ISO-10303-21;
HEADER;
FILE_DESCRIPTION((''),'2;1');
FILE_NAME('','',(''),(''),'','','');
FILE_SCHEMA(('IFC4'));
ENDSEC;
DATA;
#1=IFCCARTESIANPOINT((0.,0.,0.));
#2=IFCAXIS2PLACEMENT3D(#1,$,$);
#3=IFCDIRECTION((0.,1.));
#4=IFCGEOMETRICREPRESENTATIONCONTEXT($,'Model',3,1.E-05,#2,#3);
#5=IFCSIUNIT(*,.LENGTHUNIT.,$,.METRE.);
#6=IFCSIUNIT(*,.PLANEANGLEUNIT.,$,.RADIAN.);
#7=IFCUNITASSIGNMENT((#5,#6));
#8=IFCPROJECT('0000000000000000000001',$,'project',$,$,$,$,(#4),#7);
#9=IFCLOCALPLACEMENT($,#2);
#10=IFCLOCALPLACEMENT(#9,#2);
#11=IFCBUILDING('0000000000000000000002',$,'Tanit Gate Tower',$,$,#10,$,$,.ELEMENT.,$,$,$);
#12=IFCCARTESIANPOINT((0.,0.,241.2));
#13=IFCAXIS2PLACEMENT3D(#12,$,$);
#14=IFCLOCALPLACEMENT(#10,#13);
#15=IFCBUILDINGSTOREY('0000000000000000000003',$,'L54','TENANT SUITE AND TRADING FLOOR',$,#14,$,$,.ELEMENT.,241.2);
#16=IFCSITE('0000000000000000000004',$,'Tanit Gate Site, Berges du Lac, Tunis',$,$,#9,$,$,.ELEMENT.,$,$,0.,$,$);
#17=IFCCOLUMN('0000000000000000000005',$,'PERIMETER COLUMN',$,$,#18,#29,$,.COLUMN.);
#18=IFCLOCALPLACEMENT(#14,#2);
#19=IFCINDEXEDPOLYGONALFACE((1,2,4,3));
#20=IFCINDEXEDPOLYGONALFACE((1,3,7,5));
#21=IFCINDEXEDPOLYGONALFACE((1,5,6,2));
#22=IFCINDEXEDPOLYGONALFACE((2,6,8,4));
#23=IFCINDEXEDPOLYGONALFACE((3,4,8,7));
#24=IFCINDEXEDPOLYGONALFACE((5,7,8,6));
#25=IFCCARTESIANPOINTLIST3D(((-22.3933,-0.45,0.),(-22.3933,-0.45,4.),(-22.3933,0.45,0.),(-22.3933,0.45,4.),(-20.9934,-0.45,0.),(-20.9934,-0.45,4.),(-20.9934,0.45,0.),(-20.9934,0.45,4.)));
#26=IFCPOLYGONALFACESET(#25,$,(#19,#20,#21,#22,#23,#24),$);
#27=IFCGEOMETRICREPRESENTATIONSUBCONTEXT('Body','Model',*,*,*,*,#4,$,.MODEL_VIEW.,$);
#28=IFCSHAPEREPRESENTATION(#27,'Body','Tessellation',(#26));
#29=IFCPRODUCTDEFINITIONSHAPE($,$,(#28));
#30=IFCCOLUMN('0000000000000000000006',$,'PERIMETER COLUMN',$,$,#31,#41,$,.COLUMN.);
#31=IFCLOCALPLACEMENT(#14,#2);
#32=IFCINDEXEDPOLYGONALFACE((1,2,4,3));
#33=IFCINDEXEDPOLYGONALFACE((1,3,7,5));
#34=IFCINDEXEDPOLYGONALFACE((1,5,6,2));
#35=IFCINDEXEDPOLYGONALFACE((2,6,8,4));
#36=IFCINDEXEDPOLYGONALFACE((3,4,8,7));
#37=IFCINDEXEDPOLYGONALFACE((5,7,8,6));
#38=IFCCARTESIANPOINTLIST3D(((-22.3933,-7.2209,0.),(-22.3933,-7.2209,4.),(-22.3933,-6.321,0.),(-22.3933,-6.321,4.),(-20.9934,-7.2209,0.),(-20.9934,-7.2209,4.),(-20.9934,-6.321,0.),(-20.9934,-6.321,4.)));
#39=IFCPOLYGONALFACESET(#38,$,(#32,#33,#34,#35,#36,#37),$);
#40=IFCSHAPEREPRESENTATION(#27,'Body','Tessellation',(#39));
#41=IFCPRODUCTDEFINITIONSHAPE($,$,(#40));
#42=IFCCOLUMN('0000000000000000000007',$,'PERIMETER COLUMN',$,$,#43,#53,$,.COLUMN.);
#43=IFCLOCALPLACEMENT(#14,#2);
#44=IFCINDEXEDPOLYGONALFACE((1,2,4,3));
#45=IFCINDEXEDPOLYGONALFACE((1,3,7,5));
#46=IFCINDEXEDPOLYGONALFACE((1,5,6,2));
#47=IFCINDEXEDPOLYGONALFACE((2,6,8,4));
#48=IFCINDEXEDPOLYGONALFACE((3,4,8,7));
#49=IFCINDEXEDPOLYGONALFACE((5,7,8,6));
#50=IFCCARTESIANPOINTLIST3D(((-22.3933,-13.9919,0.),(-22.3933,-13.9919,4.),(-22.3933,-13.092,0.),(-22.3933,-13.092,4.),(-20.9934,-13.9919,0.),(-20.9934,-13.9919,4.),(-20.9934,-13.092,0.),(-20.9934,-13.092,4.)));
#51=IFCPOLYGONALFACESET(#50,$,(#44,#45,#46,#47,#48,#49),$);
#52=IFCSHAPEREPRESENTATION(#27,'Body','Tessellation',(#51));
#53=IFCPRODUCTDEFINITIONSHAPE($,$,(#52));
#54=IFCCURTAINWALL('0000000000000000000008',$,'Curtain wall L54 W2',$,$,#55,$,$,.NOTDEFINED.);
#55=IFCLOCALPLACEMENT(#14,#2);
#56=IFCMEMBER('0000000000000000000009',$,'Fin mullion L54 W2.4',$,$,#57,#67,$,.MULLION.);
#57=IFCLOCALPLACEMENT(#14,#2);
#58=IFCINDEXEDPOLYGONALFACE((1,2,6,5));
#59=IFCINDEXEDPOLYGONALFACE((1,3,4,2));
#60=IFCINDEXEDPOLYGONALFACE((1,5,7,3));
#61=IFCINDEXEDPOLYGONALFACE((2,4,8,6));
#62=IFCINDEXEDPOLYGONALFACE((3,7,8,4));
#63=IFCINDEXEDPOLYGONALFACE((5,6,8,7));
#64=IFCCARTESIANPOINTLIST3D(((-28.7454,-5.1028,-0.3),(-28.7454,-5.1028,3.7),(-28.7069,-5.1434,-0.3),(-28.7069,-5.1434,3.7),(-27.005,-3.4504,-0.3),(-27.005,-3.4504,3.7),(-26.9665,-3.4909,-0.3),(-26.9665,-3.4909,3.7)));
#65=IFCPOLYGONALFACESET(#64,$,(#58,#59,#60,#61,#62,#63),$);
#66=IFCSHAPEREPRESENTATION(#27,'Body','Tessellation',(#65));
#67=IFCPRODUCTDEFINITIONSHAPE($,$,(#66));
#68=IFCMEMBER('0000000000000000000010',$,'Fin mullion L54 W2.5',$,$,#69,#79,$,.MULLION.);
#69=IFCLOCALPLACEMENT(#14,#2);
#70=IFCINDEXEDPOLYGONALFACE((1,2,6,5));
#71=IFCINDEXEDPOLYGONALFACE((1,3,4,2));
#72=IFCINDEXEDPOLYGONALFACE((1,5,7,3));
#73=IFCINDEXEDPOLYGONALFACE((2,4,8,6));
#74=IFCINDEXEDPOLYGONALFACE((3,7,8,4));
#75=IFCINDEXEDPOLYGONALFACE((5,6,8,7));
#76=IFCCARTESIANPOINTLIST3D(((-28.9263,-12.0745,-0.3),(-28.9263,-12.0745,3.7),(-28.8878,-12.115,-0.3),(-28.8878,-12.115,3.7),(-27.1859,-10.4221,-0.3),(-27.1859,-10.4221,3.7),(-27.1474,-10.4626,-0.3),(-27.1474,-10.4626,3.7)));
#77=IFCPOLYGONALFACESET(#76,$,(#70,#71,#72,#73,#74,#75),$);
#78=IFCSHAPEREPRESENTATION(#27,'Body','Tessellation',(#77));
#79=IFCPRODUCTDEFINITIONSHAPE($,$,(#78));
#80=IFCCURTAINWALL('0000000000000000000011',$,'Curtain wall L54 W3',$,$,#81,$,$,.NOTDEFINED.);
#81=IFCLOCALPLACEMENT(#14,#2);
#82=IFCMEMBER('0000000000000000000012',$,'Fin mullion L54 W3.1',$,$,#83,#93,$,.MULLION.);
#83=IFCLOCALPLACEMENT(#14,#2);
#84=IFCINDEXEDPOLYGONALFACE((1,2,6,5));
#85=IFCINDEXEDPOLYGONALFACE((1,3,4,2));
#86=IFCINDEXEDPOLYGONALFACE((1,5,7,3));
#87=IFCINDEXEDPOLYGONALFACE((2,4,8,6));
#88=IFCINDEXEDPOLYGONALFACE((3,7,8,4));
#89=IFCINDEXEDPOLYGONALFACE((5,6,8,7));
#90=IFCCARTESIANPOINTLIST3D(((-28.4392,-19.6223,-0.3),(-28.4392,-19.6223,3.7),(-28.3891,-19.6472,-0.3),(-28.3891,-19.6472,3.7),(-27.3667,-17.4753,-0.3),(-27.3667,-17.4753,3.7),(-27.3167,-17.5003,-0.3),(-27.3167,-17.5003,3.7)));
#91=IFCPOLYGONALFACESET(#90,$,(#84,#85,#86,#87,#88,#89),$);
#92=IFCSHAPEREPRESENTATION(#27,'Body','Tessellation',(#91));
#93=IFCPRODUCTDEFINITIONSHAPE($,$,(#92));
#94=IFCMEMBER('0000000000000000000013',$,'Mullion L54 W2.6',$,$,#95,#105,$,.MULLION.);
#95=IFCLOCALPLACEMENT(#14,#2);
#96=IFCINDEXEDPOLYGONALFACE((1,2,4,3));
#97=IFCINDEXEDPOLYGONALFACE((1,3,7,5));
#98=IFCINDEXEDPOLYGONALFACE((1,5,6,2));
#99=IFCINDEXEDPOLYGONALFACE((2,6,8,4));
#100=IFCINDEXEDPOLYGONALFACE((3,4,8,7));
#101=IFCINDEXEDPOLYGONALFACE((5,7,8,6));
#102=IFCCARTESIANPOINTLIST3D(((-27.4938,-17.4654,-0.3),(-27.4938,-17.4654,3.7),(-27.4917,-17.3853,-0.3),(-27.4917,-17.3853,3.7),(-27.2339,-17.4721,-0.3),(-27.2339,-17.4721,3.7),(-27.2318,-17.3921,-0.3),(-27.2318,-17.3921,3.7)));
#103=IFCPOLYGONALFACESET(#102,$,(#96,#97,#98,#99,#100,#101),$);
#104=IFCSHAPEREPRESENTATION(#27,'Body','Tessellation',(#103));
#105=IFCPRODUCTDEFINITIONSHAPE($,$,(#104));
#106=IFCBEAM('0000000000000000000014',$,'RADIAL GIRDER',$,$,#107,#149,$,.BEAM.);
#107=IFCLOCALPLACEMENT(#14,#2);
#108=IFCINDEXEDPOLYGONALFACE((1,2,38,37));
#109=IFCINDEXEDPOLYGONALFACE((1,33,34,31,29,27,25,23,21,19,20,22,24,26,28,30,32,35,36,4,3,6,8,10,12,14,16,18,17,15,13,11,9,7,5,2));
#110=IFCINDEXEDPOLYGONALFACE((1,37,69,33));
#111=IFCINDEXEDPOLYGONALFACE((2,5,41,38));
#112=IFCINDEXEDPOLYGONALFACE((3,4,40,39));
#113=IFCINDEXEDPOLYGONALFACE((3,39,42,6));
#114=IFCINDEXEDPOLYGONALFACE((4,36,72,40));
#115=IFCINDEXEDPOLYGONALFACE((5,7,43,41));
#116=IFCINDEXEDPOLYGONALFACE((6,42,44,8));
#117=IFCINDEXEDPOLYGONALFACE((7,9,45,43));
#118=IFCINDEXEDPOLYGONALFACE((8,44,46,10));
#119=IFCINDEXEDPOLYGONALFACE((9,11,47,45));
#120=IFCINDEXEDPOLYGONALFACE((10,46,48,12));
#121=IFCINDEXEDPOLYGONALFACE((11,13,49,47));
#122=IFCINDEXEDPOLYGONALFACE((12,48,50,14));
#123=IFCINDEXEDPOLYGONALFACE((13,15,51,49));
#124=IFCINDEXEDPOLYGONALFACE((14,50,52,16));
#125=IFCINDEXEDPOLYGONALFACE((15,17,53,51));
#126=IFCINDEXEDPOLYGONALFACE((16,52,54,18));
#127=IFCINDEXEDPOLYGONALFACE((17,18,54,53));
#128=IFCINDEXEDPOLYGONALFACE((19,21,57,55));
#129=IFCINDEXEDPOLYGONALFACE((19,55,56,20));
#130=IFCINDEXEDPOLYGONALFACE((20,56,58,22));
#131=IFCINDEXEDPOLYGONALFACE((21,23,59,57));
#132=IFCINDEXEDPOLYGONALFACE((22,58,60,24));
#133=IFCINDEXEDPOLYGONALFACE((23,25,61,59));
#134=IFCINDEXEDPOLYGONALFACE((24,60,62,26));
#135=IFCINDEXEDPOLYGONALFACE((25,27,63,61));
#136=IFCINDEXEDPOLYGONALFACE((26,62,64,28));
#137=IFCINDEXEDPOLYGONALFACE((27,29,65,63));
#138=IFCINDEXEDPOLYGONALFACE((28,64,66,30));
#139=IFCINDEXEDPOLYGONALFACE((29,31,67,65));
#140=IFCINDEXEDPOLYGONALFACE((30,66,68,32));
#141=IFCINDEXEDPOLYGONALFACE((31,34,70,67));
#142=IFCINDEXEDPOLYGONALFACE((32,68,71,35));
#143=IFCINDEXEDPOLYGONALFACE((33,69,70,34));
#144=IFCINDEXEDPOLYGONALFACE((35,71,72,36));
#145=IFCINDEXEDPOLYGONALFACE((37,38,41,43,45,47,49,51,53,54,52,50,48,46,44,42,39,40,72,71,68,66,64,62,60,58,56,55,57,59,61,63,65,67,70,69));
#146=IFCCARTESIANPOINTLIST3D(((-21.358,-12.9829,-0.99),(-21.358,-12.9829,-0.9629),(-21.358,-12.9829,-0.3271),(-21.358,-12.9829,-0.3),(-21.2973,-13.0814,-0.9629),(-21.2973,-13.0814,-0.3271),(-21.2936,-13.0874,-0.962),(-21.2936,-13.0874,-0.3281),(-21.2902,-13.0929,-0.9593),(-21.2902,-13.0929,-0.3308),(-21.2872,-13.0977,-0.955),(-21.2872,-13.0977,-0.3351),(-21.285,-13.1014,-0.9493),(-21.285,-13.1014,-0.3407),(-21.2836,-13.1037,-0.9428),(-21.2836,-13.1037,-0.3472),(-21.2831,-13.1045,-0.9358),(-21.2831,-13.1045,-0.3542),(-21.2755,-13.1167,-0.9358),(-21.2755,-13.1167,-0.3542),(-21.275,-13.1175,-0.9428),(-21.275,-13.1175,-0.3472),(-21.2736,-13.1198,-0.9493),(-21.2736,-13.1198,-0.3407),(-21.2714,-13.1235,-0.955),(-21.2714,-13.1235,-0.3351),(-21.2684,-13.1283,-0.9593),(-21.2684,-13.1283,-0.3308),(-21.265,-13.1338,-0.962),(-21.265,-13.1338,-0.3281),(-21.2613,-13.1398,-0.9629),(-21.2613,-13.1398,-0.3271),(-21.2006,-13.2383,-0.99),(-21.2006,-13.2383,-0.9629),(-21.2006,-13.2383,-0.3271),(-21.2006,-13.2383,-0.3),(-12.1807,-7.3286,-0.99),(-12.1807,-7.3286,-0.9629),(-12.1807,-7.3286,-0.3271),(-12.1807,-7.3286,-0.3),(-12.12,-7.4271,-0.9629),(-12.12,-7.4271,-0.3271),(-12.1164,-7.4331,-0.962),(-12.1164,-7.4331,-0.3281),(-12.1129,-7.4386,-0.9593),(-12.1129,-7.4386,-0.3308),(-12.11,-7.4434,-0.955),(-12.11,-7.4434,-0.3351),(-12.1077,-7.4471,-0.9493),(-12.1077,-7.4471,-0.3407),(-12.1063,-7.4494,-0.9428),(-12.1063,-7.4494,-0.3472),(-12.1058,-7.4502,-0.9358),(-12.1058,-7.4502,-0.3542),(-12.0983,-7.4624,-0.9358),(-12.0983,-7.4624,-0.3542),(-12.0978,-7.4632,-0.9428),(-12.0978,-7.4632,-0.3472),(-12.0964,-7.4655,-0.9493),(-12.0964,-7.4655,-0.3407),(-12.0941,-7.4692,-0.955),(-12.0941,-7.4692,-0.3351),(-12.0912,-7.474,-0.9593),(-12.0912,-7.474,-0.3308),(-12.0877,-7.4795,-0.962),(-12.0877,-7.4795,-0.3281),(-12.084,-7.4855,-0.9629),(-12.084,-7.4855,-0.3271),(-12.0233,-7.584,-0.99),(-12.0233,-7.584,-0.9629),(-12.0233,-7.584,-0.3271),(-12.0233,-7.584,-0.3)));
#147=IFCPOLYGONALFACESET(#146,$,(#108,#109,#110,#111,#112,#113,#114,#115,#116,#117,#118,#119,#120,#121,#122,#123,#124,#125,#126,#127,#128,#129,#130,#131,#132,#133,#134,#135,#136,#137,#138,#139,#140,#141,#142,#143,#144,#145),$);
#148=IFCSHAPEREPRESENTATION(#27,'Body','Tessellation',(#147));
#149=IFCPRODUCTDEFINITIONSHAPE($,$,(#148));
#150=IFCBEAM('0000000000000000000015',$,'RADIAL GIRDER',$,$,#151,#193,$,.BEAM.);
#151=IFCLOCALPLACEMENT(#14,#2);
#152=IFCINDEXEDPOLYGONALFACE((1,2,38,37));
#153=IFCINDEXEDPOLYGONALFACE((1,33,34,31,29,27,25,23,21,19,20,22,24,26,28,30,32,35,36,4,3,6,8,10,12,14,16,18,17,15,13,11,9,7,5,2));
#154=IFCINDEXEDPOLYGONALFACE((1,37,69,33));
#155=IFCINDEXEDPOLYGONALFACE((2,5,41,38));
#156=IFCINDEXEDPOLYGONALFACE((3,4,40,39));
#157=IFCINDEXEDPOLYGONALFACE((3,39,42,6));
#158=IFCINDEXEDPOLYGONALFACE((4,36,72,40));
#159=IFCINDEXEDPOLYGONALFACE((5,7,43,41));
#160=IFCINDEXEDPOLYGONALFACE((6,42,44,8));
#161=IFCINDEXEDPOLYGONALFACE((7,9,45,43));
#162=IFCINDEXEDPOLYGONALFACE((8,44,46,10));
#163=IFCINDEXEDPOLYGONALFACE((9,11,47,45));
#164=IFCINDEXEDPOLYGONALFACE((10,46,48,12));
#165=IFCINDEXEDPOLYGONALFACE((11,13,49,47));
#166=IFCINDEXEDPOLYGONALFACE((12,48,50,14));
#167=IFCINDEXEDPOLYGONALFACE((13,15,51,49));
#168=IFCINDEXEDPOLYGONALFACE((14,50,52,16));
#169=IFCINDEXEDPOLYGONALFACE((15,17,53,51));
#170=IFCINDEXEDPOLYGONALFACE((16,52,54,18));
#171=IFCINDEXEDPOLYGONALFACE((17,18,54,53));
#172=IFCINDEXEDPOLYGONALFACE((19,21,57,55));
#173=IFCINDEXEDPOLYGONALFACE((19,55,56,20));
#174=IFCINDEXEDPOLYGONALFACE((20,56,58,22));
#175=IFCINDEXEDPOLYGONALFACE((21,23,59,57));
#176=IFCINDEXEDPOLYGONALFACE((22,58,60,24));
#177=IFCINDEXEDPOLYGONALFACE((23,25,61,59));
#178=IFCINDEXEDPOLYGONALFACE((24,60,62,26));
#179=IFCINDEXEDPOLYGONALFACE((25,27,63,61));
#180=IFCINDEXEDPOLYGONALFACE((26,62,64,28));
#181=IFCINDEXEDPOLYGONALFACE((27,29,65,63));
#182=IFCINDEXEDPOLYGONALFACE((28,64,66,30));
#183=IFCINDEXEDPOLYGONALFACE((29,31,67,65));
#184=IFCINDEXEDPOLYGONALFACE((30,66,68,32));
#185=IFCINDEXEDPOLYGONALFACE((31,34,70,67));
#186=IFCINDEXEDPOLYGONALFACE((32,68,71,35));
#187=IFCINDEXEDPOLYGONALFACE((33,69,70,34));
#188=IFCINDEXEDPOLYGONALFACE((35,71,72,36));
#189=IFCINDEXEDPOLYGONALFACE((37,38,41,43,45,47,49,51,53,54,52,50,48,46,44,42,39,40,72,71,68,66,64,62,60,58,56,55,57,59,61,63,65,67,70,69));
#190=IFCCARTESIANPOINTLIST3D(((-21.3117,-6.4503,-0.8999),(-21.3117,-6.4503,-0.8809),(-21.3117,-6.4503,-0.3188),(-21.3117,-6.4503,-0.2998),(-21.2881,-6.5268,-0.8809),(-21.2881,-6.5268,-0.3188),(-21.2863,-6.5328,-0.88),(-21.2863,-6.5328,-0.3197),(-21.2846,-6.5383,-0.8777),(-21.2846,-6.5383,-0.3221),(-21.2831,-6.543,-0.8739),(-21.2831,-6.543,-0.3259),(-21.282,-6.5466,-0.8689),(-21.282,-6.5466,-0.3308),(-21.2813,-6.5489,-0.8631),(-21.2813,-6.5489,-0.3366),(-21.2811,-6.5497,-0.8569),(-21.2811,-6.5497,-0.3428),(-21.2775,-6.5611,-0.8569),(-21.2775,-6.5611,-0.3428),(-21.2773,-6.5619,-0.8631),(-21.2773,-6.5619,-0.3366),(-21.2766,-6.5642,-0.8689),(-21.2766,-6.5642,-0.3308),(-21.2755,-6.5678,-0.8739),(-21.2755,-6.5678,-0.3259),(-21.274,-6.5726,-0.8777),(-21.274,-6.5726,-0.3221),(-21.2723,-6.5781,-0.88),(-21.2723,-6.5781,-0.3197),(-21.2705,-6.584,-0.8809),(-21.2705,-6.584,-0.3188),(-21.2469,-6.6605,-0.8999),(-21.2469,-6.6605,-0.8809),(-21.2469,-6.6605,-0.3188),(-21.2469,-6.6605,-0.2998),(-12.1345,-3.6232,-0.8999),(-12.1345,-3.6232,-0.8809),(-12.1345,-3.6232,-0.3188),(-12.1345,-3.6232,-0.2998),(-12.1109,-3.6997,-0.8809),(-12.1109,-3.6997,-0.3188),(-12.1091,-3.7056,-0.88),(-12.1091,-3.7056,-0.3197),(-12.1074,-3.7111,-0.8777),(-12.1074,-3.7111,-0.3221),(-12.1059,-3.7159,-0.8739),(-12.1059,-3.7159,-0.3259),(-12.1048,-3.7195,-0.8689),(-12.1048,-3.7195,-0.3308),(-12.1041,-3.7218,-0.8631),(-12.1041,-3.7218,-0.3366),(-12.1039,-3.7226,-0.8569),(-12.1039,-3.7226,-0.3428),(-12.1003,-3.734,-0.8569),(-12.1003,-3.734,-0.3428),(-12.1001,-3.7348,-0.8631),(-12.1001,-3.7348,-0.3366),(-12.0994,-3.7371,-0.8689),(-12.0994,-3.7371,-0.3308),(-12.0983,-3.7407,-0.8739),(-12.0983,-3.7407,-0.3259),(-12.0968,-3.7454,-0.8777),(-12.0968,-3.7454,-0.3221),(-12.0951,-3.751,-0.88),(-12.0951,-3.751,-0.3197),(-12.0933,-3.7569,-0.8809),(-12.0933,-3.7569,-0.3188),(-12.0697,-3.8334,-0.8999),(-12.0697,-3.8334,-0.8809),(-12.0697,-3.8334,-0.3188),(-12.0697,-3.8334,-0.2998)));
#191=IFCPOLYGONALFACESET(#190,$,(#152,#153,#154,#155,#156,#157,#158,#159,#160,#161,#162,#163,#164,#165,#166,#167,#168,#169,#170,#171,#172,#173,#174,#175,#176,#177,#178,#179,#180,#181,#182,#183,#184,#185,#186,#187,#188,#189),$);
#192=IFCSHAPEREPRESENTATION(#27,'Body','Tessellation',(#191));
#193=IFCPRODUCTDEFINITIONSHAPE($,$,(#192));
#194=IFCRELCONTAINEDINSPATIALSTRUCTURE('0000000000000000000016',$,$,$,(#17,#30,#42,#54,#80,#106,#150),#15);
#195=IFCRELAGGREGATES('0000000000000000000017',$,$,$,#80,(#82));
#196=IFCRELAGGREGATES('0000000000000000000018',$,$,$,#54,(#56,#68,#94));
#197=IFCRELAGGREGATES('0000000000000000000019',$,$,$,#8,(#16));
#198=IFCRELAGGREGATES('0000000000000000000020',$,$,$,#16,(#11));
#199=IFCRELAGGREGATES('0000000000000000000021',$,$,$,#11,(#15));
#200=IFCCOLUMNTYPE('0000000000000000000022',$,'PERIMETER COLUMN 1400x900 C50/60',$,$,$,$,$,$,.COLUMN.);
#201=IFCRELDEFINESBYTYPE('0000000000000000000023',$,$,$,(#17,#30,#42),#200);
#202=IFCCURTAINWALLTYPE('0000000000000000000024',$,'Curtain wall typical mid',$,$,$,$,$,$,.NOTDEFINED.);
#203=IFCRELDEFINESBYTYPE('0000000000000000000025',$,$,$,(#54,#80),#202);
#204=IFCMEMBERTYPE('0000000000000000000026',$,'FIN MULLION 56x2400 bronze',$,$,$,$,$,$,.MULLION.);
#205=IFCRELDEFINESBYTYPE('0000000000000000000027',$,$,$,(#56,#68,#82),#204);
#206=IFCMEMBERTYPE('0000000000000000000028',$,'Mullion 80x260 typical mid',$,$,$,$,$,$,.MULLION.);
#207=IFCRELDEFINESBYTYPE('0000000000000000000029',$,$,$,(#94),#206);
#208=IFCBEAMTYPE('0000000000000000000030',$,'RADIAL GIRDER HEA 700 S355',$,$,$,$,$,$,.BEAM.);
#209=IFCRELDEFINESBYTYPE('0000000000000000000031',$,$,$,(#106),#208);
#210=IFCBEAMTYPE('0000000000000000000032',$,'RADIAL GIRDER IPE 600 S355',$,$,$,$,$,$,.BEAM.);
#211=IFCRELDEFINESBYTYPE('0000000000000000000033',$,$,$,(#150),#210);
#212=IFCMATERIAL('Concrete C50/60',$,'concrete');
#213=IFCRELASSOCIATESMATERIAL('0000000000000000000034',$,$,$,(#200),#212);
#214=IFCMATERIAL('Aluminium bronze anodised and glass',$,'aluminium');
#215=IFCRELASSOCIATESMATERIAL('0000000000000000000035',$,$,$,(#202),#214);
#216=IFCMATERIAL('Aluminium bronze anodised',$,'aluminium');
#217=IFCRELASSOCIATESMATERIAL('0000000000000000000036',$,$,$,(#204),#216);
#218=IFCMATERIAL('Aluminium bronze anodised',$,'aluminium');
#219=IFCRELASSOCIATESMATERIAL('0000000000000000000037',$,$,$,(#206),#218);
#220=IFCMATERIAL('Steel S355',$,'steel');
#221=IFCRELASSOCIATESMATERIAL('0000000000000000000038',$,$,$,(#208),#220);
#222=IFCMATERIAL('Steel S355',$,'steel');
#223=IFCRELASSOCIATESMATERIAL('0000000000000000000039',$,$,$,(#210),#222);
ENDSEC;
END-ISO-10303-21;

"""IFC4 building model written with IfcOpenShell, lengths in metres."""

from ifc_helpers import new_model, si_unit, direction, frame, origin, origin_2d, place, context, subcontext, project, spatial, rectangle, i_section, extrude, material, material_profile, profile_set, type_object, element, aggregate, save


model = new_model("IFC4")

# Units and contexts
model_context = context("Model", 3, precision=1e-05, world=origin(), true_north=direction((0.0, 1.0)))
body_context = subcontext(model_context, "Body", "Model", "MODEL_VIEW")
ifc_project = project(units=[si_unit("LENGTHUNIT", "METRE"), si_unit("PLANEANGLEUNIT", "RADIAN")], contexts=[model_context])

# Site, building, storey
site_placement = place(None, origin())
site = spatial("IfcSite", under=ifc_project, at=site_placement, Name="Tanit Gate Site, Berges du Lac, Tunis", CompositionType="ELEMENT", RefElevation=0.0)
building_placement = place(site_placement, origin())
building = spatial("IfcBuilding", under=site, at=building_placement, Name="Tanit Gate Tower", CompositionType="ELEMENT")
storey_placement = place(building_placement, frame((0.0, 0.0, 241.2)))
storey = spatial("IfcBuildingStorey", under=building, at=storey_placement, Name="L54", Description="TENANT SUITE AND TRADING FLOOR", CompositionType="ELEMENT", Elevation=241.2)

# Columns
ifc_material_1 = material(Name="Concrete C50/60", Category="concrete")
ifc_material_profile_1 = material_profile(ifc_material_1, rectangle(XDim=1.3999, YDim=0.8999, at=origin_2d()), Name="RC 1400x900")
ifc_profile_set_1 = profile_set([ifc_material_profile_1], Name="Concrete C50/60")
column_type = type_object("IfcColumnType", Name="PERIMETER COLUMN 1400x900 C50/60", PredefinedType="COLUMN", material=ifc_profile_set_1)
for number, where, z_axis, x_axis, name in (
    (1, (-21.6934, 0.0, 0.0), (0.0, 0.0, 1.0), (-1.0, 0.0, 0.0), "PERIMETER COLUMN"),
    (2, (-21.6934, -6.771, 0.0), (0.0, 0.0, 1.0), (-1.0, 0.0, 0.0), "PERIMETER COLUMN"),
    (3, (-21.6934, -13.542, 0.0), (0.0, 0.0, 1.0), (-1.0, 0.0, 0.0), "PERIMETER COLUMN"),
):
    element("IfcColumn", number, at=place(storey_placement, frame(where, z_axis=z_axis, x_axis=x_axis)), inside=storey, type_object=column_type, Name=name, PredefinedType="COLUMN", context=body_context, shape_type="SweptSolid", body=[
        extrude(rectangle(XDim=1.3999, YDim=0.8999, at=origin_2d()), origin(), (0.0, 0.0, 1.0), 4.0),
    ])

# Curtain wall, members
ifc_material_2 = material(Name="Aluminium bronze anodised and glass", Category="aluminium")
curtain_wall_type = type_object("IfcCurtainWallType", Name="Curtain wall typical mid", PredefinedType="NOTDEFINED", material=ifc_material_2)
curtain_wall_1_placement = place(storey_placement, origin())
curtain_wall_1 = element("IfcCurtainWall", 4, at=curtain_wall_1_placement, inside=storey, type_object=curtain_wall_type, Name="Curtain wall L54 W2", PredefinedType="NOTDEFINED")
ifc_material_3 = material(Name="Aluminium bronze anodised", Category="aluminium")
ifc_material_profile_2 = material_profile(ifc_material_3, rectangle(XDim=2.3999, YDim=0.0559, at=origin_2d()), Name="56x2400 bronze fin mullion")
ifc_profile_set_2 = profile_set([ifc_material_profile_2], Name="Aluminium bronze anodised")
member_type_1 = type_object("IfcMemberType", Name="FIN MULLION 56x2400 bronze", PredefinedType="MULLION", material=ifc_profile_set_2)
member_1_placement = place(storey_placement, frame((-27.856, -4.2969, -0.3), z_axis=(0.0, 0.0, 1.0), x_axis=(0.7252, 0.688538, 0.0)))
member_1 = element("IfcMember", 5, at=member_1_placement, type_object=member_type_1, Name="Fin mullion L54 W2.4", PredefinedType="MULLION", context=body_context, shape_type="SweptSolid", body=[
    extrude(rectangle(XDim=2.3999, YDim=0.0559, at=origin_2d()), origin(), (0.0, 0.0, 1.0), 4.0),
])
member_2_placement = place(storey_placement, frame((-28.0369, -11.2686, -0.3), z_axis=(0.0, 0.0, 1.0), x_axis=(0.7252, 0.688538, 0.0)))
member_2 = element("IfcMember", 6, at=member_2_placement, type_object=member_type_1, Name="Fin mullion L54 W2.5", PredefinedType="MULLION", context=body_context, shape_type="SweptSolid", body=[
    extrude(rectangle(XDim=2.3999, YDim=0.0559, at=origin_2d()), origin(), (0.0, 0.0, 1.0), 4.0),
])

# Curtain wall, member
curtain_wall_2_placement = place(storey_placement, origin())
curtain_wall_2 = element("IfcCurtainWall", 7, at=curtain_wall_2_placement, inside=storey, type_object=curtain_wall_type, Name="Curtain wall L54 W3", PredefinedType="NOTDEFINED")
member_3_placement = place(storey_placement, frame((-27.8779, -18.5613, -0.3), z_axis=(0.0, 0.0, 1.0), x_axis=(0.446865, 0.894602, 0.0)))
member_3 = element("IfcMember", 8, at=member_3_placement, type_object=member_type_1, Name="Fin mullion L54 W3.1", PredefinedType="MULLION", context=body_context, shape_type="SweptSolid", body=[
    extrude(rectangle(XDim=2.3999, YDim=0.0559, at=origin_2d()), origin(), (0.0, 0.0, 1.0), 4.0),
])

# Member
ifc_material_4 = material(Name="Aluminium bronze anodised", Category="aluminium")
ifc_material_profile_3 = material_profile(ifc_material_4, rectangle(XDim=0.26, YDim=0.0801, at=origin_2d()), Name="80x260 bronze mullion")
ifc_profile_set_3 = profile_set([ifc_material_profile_3], Name="Aluminium bronze anodised")
member_type_2 = type_object("IfcMemberType", Name="Mullion 80x260 typical mid", PredefinedType="MULLION", material=ifc_profile_set_3)
member_4_placement = place(storey_placement, frame((-27.3628, -17.4287, -0.3), z_axis=(0.0, 0.0, 1.0), x_axis=(0.999664, -0.025924, 0.0)))
member_4 = element("IfcMember", 9, at=member_4_placement, type_object=member_type_2, Name="Mullion L54 W2.6", PredefinedType="MULLION", context=body_context, shape_type="SweptSolid", body=[
    extrude(rectangle(XDim=0.26, YDim=0.0801, at=origin_2d()), origin(), (0.0, 0.0, 1.0), 4.0),
])

# Beams
ifc_material_5 = material(Name="Steel S355", Category="steel")
ifc_material_profile_4 = material_profile(ifc_material_5, i_section(OverallWidth=0.3, OverallDepth=0.6899, WebThickness=0.0144, FlangeThickness=0.0271, FilletRadius=0.0271, at=origin_2d()), Name="HEA 700")
ifc_profile_set_4 = profile_set([ifc_material_profile_4], Name="Steel S355")
beam_type_1 = type_object("IfcBeamType", Name="RADIAL GIRDER HEA 700 S355", PredefinedType="BEAM", material=ifc_profile_set_4)
beam_1_placement = place(storey_placement, frame((-21.2793, -13.1106, -0.645), z_axis=(0.851378, 0.524552, 0.0), x_axis=(-0.524552, 0.851378, 0.0)))
element("IfcBeam", 10, at=beam_1_placement, inside=storey, type_object=beam_type_1, Name="RADIAL GIRDER", PredefinedType="BEAM", context=body_context, shape_type="SweptSolid", body=[
    extrude(i_section(OverallWidth=0.3, OverallDepth=0.6899, WebThickness=0.0144, FlangeThickness=0.0271, FilletRadius=0.0271, at=origin_2d()), origin(), (0.0, 0.0, 1.0), 10.7793),
])
ifc_material_6 = material(Name="Steel S355", Category="steel")
ifc_material_profile_5 = material_profile(ifc_material_6, i_section(OverallWidth=0.22, OverallDepth=0.6001, WebThickness=0.012, FlangeThickness=0.019, FilletRadius=0.0239, at=origin_2d()), Name="IPE 600")
ifc_profile_set_5 = profile_set([ifc_material_profile_5], Name="Steel S355")
beam_type_2 = type_object("IfcBeamType", Name="RADIAL GIRDER IPE 600 S355", PredefinedType="BEAM", material=ifc_profile_set_5)
beam_2_placement = place(storey_placement, frame((-21.2793, -6.5554, -0.5999), z_axis=(0.95568, 0.294407, 0.0), x_axis=(-0.294407, 0.95568, 0.0)))
element("IfcBeam", 11, at=beam_2_placement, inside=storey, type_object=beam_type_2, Name="RADIAL GIRDER", PredefinedType="BEAM", context=body_context, shape_type="SweptSolid", body=[
    extrude(i_section(OverallWidth=0.22, OverallDepth=0.6001, WebThickness=0.012, FlangeThickness=0.019, FilletRadius=0.0239, at=origin_2d()), origin(), (0.0, 0.0, 1.0), 9.6028),
])

aggregate(curtain_wall_2, [member_3])

aggregate(curtain_wall_1, [member_1, member_2, member_4])

save(model, "model.ifc")
